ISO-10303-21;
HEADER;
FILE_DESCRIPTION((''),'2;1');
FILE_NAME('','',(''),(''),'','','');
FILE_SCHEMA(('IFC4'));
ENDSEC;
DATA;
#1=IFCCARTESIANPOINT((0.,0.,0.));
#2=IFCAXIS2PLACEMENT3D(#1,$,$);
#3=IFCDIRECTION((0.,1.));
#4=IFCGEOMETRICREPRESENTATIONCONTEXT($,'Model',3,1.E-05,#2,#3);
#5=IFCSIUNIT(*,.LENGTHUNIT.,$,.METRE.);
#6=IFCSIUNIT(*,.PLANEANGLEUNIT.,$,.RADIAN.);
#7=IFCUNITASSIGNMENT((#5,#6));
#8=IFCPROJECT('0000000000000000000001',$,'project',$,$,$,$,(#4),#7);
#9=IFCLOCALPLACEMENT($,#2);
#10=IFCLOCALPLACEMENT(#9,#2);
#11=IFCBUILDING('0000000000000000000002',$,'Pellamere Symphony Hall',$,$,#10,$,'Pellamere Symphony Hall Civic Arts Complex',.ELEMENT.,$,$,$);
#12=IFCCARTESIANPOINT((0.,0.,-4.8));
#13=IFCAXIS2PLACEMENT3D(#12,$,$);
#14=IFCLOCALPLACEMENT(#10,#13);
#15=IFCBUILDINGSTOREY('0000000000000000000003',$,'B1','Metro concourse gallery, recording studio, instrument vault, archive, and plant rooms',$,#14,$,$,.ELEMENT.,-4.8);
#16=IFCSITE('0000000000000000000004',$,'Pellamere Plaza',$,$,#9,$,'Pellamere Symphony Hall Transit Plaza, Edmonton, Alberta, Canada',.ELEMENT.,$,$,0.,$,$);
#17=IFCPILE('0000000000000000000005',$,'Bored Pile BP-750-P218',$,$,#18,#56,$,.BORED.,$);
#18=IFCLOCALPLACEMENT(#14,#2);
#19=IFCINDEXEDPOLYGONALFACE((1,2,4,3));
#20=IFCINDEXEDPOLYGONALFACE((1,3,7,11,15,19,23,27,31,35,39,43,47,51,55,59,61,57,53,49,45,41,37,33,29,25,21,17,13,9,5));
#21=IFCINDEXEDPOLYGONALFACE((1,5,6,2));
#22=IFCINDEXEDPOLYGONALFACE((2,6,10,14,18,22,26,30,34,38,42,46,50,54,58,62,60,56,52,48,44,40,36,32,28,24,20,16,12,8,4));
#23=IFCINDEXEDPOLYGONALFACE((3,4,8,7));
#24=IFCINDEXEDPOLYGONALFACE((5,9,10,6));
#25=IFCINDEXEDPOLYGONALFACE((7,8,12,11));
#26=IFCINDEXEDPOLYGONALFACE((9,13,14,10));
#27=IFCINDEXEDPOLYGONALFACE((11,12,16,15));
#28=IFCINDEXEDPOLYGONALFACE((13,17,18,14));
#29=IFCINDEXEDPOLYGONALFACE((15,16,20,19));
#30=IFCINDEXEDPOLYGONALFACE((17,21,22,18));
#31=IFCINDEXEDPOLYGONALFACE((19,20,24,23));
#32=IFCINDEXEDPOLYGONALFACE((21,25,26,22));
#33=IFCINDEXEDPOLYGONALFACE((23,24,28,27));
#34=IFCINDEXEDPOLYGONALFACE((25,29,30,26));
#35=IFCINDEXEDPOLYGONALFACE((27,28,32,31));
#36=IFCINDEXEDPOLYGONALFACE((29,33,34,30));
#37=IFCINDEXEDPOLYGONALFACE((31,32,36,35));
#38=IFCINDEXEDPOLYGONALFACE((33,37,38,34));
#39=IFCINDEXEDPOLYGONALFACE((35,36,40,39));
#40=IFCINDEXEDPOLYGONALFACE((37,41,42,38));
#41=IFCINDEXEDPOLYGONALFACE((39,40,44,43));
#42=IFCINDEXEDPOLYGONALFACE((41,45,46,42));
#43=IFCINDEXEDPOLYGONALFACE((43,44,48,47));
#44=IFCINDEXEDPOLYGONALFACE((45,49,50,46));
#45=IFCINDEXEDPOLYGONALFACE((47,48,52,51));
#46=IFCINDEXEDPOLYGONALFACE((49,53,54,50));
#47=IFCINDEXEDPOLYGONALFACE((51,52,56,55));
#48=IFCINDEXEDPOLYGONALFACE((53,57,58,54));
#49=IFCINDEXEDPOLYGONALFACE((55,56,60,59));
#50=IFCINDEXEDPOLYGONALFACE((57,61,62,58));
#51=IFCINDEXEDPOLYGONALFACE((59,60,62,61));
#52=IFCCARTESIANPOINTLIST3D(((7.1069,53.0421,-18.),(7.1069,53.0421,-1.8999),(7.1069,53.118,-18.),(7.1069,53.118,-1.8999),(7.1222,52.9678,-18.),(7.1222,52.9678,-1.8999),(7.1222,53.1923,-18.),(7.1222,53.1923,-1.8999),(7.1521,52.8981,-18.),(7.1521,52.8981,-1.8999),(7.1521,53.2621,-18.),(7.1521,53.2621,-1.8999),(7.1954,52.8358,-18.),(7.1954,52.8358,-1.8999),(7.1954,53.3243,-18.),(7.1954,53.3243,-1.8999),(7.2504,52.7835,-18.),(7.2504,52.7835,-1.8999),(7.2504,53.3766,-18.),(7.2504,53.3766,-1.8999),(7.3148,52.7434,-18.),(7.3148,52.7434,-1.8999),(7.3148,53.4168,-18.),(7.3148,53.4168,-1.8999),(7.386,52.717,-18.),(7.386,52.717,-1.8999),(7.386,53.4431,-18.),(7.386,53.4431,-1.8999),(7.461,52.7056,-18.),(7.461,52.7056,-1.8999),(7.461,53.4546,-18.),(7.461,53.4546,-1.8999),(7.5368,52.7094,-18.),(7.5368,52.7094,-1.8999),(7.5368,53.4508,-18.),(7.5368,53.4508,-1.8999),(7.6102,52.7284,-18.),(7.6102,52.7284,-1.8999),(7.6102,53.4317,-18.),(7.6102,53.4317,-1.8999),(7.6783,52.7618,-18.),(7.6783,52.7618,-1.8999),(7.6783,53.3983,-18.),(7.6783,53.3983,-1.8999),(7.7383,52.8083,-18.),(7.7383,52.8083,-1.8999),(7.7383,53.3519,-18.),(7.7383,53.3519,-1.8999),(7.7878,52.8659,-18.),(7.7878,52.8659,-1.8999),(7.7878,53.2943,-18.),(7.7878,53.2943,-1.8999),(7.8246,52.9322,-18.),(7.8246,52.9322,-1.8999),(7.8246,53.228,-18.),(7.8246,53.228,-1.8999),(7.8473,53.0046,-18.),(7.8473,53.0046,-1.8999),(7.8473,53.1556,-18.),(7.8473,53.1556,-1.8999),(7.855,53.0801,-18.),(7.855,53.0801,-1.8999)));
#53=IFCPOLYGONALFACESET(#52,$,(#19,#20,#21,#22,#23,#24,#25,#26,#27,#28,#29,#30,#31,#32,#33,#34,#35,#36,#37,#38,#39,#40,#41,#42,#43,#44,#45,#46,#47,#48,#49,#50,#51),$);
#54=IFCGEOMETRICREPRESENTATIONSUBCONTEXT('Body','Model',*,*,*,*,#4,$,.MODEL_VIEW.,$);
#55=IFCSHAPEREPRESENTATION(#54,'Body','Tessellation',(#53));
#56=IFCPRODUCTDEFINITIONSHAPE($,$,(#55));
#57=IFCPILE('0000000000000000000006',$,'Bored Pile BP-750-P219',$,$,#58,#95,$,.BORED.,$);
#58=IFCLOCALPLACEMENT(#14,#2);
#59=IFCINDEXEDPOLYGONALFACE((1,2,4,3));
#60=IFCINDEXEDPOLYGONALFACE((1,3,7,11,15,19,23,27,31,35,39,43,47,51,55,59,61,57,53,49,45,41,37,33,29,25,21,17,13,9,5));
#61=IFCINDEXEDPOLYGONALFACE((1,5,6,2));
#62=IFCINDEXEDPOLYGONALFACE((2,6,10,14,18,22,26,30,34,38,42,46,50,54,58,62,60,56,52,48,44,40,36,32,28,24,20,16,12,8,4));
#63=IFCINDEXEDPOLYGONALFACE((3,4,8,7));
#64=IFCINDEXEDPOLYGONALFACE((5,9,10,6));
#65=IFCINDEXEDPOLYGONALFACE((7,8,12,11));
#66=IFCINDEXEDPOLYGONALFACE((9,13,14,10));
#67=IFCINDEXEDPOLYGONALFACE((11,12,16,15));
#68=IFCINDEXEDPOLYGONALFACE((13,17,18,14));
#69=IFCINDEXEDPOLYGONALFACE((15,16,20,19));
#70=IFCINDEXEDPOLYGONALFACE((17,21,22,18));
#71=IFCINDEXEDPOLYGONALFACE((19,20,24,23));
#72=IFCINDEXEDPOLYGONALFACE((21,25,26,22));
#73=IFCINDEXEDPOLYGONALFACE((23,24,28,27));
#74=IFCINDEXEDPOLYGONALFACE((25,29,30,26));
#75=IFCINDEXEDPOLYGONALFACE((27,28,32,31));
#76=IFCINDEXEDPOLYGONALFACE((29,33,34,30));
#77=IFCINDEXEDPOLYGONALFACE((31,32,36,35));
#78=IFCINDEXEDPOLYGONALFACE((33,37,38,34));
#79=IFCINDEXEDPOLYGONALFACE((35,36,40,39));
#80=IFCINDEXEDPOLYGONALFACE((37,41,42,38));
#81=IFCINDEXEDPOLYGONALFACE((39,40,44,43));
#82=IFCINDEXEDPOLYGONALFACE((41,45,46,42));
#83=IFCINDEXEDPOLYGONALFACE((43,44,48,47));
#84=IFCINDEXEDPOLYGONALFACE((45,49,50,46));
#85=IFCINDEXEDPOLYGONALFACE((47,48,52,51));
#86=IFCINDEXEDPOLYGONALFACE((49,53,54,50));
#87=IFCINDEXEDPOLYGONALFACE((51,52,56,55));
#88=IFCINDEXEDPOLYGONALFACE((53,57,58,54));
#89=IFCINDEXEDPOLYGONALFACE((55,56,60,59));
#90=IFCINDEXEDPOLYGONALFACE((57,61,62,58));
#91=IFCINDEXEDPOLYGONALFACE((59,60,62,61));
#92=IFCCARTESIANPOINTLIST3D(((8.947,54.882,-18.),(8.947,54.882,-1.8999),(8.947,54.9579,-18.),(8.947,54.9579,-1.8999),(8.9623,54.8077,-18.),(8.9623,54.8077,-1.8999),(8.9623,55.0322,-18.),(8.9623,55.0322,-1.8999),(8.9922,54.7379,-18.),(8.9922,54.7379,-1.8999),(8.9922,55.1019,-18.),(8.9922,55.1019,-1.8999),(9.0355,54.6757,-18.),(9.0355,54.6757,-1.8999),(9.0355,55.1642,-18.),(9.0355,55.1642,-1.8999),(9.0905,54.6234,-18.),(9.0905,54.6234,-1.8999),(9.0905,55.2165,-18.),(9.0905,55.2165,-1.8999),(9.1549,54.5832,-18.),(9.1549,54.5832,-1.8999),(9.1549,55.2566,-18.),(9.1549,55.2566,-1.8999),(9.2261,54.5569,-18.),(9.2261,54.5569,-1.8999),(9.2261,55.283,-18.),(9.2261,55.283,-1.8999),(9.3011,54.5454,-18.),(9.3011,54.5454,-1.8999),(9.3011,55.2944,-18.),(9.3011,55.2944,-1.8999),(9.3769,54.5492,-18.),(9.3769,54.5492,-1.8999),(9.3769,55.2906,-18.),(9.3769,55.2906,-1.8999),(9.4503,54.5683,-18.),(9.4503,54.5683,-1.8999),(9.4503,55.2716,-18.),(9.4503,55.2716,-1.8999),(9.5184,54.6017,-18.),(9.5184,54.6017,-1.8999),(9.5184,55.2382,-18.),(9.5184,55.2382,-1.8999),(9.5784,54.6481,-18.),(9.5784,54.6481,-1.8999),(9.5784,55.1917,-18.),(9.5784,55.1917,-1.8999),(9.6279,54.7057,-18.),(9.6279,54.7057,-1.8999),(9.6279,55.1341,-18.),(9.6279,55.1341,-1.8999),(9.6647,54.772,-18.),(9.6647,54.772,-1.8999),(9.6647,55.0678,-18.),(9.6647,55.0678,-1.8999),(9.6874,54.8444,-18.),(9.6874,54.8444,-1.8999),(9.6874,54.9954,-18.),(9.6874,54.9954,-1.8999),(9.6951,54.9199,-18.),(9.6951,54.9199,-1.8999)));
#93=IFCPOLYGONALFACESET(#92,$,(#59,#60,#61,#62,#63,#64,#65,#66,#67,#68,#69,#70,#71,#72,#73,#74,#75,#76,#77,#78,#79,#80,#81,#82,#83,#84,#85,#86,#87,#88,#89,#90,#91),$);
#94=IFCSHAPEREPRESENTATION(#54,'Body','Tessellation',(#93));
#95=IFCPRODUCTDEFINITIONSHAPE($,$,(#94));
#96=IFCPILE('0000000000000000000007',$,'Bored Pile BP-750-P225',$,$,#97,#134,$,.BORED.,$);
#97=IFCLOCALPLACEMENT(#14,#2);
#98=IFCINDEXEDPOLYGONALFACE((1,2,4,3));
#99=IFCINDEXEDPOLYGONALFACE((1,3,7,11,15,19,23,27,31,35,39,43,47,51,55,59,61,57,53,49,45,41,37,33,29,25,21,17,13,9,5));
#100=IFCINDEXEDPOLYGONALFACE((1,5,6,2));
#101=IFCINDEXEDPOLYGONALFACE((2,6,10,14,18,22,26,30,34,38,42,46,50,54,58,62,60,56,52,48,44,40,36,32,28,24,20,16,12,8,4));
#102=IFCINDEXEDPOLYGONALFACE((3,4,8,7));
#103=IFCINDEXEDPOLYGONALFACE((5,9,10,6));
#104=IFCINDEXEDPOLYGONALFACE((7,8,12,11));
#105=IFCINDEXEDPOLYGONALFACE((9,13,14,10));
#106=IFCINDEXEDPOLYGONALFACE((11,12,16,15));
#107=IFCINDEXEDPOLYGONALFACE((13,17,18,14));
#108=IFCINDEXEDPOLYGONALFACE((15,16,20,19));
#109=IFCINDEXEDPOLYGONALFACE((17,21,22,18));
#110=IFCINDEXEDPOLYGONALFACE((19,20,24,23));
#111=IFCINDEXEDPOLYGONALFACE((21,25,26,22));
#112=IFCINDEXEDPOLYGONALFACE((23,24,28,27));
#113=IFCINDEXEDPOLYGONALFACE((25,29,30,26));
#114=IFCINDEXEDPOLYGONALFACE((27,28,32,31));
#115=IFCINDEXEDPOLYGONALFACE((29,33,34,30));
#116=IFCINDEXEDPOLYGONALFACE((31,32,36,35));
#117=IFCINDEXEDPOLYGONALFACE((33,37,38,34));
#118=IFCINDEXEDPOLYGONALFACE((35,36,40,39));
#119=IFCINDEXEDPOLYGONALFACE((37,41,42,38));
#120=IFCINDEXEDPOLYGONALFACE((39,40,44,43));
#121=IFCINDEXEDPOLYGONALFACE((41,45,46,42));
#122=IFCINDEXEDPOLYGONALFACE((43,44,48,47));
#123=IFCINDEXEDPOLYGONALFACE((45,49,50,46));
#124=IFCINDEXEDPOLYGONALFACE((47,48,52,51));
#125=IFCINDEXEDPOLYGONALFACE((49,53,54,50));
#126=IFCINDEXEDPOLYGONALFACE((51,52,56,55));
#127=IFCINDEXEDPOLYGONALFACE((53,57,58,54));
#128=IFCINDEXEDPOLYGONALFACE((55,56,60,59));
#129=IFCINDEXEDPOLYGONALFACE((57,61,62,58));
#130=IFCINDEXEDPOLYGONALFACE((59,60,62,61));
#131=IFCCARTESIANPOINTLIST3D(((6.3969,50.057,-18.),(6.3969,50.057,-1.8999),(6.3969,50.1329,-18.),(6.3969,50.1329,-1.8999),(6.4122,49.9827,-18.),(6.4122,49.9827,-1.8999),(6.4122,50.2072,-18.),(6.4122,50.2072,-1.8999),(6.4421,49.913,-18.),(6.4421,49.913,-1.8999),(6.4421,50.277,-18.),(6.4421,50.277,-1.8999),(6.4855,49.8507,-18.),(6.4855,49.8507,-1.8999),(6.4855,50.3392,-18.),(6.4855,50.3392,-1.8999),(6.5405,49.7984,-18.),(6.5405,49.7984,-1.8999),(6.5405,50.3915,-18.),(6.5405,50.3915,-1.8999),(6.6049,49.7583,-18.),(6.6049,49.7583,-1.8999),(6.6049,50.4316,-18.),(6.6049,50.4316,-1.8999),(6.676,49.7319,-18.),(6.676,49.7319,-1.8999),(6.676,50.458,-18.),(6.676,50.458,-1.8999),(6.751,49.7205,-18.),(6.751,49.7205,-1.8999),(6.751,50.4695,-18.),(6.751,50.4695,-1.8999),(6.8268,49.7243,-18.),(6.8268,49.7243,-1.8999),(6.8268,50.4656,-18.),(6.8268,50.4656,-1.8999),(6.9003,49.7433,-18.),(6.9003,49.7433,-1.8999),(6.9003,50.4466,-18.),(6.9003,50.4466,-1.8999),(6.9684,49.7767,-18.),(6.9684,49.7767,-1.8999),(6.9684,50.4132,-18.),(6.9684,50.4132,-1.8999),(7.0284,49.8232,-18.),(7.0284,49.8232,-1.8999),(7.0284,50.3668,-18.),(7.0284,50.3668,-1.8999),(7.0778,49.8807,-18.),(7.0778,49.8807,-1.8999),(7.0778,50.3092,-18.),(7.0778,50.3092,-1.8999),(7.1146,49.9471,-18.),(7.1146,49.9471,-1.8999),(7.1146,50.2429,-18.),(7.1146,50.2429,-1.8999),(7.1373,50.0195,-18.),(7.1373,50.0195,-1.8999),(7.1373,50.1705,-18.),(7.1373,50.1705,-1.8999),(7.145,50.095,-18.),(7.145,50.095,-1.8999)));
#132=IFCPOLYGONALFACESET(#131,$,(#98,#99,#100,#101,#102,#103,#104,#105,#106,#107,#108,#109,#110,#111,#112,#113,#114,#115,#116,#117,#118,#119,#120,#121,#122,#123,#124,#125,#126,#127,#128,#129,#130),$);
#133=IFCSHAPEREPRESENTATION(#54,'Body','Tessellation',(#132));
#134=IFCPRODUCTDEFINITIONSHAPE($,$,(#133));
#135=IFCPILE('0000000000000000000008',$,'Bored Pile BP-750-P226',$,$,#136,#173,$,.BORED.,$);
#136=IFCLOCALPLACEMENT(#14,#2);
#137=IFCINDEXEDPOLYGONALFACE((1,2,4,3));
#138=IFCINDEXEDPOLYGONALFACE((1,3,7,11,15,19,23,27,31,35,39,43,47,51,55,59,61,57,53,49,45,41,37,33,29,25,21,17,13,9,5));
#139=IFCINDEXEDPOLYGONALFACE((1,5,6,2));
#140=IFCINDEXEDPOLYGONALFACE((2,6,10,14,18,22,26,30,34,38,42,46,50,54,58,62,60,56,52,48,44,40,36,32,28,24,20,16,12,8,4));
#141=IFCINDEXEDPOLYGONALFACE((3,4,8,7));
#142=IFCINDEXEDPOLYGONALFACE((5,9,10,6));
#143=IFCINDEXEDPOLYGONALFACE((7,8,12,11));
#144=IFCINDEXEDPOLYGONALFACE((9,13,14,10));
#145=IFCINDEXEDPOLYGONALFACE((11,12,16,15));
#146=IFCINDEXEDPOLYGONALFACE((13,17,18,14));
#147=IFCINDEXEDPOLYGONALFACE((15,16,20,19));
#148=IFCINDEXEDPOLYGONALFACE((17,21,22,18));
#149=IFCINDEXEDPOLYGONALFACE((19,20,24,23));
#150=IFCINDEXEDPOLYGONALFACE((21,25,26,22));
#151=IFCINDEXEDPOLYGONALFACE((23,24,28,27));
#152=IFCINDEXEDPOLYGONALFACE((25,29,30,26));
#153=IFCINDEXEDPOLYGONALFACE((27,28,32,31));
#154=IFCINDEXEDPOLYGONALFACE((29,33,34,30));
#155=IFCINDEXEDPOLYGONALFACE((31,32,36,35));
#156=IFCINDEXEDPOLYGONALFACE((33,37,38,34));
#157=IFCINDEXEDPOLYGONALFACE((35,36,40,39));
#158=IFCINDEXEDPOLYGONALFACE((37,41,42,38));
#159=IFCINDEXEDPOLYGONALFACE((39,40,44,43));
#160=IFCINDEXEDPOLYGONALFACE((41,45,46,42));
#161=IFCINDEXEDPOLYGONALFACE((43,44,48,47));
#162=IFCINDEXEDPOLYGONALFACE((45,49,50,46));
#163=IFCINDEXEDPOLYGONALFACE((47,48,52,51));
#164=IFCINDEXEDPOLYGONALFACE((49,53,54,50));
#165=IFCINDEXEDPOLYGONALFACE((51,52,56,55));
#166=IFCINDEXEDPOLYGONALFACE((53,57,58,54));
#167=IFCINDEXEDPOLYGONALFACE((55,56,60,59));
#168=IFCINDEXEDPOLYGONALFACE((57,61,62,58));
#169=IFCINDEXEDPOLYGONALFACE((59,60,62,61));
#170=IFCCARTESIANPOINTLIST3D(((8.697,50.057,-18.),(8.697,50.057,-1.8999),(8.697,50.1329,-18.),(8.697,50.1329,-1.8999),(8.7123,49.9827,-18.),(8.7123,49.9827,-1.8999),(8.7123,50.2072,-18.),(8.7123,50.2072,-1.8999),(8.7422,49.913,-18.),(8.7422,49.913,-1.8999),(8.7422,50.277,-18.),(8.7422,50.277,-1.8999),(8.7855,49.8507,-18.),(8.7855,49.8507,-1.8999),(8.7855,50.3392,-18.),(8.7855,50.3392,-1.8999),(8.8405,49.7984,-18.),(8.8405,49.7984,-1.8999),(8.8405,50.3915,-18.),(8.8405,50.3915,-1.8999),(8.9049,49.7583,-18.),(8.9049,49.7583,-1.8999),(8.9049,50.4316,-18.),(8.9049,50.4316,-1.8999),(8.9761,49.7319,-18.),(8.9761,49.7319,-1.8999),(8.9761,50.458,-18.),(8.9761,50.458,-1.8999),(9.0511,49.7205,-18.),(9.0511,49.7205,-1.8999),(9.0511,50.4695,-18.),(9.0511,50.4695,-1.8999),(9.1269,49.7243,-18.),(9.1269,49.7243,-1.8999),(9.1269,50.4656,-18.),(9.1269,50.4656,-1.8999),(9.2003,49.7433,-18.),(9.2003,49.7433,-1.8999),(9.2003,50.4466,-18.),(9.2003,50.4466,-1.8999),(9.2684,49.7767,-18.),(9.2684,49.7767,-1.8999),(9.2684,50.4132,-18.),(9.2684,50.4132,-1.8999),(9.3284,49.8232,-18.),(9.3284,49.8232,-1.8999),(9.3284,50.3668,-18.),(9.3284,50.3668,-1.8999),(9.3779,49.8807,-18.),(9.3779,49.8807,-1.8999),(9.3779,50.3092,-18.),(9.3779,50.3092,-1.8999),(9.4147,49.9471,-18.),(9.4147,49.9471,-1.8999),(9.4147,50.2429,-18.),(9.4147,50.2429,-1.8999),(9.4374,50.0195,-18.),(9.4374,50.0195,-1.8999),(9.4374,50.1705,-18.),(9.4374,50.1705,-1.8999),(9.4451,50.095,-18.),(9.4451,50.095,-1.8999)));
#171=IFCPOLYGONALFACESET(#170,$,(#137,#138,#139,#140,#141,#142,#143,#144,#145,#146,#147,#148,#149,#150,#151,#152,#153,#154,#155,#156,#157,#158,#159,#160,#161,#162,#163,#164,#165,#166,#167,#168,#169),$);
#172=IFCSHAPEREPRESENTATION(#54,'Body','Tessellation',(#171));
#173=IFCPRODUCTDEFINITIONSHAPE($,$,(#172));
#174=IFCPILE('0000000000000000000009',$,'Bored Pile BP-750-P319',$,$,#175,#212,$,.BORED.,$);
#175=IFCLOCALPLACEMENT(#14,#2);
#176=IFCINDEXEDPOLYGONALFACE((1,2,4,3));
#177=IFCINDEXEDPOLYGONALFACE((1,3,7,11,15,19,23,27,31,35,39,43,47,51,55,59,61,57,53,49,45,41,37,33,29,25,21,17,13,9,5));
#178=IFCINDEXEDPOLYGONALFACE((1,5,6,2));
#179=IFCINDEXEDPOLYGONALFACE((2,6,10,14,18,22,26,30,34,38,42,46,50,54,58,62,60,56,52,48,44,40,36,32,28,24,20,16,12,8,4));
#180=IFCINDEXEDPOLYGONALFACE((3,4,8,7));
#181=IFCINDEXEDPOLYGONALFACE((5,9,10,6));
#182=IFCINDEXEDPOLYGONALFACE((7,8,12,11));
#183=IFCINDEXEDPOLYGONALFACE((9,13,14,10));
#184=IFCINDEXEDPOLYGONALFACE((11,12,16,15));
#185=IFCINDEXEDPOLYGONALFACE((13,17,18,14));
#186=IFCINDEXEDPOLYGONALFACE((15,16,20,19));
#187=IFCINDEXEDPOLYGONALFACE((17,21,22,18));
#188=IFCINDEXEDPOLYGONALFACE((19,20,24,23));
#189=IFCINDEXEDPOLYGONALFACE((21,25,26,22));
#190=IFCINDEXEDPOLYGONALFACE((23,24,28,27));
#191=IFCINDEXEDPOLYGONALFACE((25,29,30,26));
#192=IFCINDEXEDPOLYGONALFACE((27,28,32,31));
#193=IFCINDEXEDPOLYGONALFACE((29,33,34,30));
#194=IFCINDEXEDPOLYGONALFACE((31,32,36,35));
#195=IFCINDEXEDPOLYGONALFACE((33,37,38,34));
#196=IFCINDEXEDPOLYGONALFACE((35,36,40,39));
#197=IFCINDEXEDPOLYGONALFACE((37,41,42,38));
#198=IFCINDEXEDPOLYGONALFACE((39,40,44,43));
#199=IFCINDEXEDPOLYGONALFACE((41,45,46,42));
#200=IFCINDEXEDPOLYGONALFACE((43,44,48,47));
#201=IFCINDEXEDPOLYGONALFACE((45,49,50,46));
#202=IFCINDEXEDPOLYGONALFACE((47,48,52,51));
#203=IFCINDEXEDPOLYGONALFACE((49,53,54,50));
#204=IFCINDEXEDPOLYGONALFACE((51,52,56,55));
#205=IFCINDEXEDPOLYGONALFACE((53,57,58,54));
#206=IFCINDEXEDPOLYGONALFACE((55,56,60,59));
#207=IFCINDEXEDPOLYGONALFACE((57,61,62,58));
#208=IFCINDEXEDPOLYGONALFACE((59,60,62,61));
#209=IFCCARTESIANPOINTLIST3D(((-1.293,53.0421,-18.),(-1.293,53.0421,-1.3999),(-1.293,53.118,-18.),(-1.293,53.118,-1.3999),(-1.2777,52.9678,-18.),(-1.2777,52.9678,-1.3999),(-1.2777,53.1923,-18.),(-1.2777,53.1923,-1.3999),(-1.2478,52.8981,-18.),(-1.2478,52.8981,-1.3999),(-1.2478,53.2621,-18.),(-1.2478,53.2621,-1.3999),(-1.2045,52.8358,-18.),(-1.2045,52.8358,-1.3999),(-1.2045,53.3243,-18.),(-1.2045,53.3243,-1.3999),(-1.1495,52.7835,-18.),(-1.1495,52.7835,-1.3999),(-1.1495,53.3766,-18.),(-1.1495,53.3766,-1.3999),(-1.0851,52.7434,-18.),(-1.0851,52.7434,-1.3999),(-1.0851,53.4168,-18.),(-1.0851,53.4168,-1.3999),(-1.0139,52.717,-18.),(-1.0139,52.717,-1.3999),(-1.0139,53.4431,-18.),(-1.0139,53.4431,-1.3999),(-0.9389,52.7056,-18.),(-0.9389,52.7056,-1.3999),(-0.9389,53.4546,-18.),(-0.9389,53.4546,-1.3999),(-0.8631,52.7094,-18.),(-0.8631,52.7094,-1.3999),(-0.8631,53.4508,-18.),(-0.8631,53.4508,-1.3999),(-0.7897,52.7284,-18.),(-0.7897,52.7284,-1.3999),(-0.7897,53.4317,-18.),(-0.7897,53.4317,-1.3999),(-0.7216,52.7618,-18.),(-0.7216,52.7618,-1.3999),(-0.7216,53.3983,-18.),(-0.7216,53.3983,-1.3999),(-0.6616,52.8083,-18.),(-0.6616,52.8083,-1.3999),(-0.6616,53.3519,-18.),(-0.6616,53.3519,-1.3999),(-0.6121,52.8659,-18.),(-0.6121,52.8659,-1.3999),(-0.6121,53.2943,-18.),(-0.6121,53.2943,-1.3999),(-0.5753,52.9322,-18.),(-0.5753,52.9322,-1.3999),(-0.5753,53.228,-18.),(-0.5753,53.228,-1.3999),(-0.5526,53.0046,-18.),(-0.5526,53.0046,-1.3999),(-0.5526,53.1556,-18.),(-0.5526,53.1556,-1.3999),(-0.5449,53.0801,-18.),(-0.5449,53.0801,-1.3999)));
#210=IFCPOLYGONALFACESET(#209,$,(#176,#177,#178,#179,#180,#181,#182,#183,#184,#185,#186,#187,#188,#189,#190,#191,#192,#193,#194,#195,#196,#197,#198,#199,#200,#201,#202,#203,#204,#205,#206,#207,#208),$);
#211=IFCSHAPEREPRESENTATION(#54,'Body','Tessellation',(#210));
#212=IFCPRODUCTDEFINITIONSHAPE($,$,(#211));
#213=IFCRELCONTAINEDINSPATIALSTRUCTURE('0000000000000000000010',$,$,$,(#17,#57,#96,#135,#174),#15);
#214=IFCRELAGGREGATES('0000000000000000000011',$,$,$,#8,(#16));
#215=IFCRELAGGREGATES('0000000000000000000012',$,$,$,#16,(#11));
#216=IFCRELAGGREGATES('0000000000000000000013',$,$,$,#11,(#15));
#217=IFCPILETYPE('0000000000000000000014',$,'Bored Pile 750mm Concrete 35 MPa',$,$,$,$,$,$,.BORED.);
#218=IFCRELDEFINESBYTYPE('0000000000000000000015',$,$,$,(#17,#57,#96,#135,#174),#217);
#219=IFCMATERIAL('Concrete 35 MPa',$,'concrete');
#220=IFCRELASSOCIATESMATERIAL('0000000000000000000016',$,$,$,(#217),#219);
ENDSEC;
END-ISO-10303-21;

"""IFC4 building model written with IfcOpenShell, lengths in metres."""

from ifc_helpers import new_model, si_unit, direction, frame, origin, origin_2d, place, context, subcontext, project, spatial, circle, extrude, material, material_profile, profile_set, type_object, element, save


model = new_model("IFC4")

# Units and contexts
model_context = context("Model", 3, precision=1e-05, world=origin(), true_north=direction((0.0, 1.0)))
body_context = subcontext(model_context, "Body", "Model", "MODEL_VIEW")
ifc_project = project(units=[si_unit("LENGTHUNIT", "METRE"), si_unit("PLANEANGLEUNIT", "RADIAN")], contexts=[model_context])

# Site, building, storey
site_placement = place(None, origin())
site = spatial("IfcSite", under=ifc_project, at=site_placement, Name="Pellamere Plaza", LongName="Pellamere Symphony Hall Transit Plaza, Edmonton, Alberta, Canada", CompositionType="ELEMENT", RefElevation=0.0)
building_placement = place(site_placement, origin())
building = spatial("IfcBuilding", under=site, at=building_placement, Name="Pellamere Symphony Hall", LongName="Pellamere Symphony Hall Civic Arts Complex", CompositionType="ELEMENT")
storey_placement = place(building_placement, frame((0.0, 0.0, -4.8)))
storey = spatial("IfcBuildingStorey", under=building, at=storey_placement, Name="B1", Description="Metro concourse gallery, recording studio, instrument vault, archive, and plant rooms", CompositionType="ELEMENT", Elevation=-4.8)

# Piles
ifc_material_1 = material(Name="Concrete 35 MPa", Category="concrete")
ifc_material_profile_1 = material_profile(ifc_material_1, circle(Radius=0.375, at=origin_2d()), Name="PILE D750")
ifc_profile_set_1 = profile_set([ifc_material_profile_1], Name="Concrete 35 MPa")
pile_type = type_object("IfcPileType", Name="Bored Pile 750mm Concrete 35 MPa", PredefinedType="BORED", material=ifc_profile_set_1)
for number, where, z_axis, x_axis, name in (
    (1, (7.48, 53.0801, -1.8999), (0.0, 0.0, -1.0), (1.0, 0.0, 0.0), "Bored Pile BP-750-P218"),
    (2, (9.3201, 54.9199, -1.8999), (0.0, 0.0, -1.0), (1.0, 0.0, 0.0), "Bored Pile BP-750-P219"),
    (3, (6.77, 50.095, -1.8999), (0.0, 0.0, -1.0), (1.0, 0.0, 0.0), "Bored Pile BP-750-P225"),
    (4, (9.0701, 50.095, -1.8999), (0.0, 0.0, -1.0), (1.0, 0.0, 0.0), "Bored Pile BP-750-P226"),
):
    element("IfcPile", number, at=place(storey_placement, frame(where, z_axis=z_axis, x_axis=x_axis)), inside=storey, type_object=pile_type, Name=name, PredefinedType="BORED", context=body_context, shape_type="SweptSolid", body=[
        extrude(circle(Radius=0.375, at=origin_2d()), origin(), (0.0, 0.0, 1.0), 16.1001),
    ])
for number, where, z_axis, x_axis, name in (
    (5, (-0.9199, 53.0801, -1.3999), (0.0, 0.0, -1.0), (1.0, 0.0, 0.0), "Bored Pile BP-750-P319"),
):
    element("IfcPile", number, at=place(storey_placement, frame(where, z_axis=z_axis, x_axis=x_axis)), inside=storey, type_object=pile_type, Name=name, PredefinedType="BORED", context=body_context, shape_type="SweptSolid", body=[
        extrude(circle(Radius=0.375, at=origin_2d()), origin(), (0.0, 0.0, 1.0), 16.6001),
    ])

save(model, "model.ifc")
